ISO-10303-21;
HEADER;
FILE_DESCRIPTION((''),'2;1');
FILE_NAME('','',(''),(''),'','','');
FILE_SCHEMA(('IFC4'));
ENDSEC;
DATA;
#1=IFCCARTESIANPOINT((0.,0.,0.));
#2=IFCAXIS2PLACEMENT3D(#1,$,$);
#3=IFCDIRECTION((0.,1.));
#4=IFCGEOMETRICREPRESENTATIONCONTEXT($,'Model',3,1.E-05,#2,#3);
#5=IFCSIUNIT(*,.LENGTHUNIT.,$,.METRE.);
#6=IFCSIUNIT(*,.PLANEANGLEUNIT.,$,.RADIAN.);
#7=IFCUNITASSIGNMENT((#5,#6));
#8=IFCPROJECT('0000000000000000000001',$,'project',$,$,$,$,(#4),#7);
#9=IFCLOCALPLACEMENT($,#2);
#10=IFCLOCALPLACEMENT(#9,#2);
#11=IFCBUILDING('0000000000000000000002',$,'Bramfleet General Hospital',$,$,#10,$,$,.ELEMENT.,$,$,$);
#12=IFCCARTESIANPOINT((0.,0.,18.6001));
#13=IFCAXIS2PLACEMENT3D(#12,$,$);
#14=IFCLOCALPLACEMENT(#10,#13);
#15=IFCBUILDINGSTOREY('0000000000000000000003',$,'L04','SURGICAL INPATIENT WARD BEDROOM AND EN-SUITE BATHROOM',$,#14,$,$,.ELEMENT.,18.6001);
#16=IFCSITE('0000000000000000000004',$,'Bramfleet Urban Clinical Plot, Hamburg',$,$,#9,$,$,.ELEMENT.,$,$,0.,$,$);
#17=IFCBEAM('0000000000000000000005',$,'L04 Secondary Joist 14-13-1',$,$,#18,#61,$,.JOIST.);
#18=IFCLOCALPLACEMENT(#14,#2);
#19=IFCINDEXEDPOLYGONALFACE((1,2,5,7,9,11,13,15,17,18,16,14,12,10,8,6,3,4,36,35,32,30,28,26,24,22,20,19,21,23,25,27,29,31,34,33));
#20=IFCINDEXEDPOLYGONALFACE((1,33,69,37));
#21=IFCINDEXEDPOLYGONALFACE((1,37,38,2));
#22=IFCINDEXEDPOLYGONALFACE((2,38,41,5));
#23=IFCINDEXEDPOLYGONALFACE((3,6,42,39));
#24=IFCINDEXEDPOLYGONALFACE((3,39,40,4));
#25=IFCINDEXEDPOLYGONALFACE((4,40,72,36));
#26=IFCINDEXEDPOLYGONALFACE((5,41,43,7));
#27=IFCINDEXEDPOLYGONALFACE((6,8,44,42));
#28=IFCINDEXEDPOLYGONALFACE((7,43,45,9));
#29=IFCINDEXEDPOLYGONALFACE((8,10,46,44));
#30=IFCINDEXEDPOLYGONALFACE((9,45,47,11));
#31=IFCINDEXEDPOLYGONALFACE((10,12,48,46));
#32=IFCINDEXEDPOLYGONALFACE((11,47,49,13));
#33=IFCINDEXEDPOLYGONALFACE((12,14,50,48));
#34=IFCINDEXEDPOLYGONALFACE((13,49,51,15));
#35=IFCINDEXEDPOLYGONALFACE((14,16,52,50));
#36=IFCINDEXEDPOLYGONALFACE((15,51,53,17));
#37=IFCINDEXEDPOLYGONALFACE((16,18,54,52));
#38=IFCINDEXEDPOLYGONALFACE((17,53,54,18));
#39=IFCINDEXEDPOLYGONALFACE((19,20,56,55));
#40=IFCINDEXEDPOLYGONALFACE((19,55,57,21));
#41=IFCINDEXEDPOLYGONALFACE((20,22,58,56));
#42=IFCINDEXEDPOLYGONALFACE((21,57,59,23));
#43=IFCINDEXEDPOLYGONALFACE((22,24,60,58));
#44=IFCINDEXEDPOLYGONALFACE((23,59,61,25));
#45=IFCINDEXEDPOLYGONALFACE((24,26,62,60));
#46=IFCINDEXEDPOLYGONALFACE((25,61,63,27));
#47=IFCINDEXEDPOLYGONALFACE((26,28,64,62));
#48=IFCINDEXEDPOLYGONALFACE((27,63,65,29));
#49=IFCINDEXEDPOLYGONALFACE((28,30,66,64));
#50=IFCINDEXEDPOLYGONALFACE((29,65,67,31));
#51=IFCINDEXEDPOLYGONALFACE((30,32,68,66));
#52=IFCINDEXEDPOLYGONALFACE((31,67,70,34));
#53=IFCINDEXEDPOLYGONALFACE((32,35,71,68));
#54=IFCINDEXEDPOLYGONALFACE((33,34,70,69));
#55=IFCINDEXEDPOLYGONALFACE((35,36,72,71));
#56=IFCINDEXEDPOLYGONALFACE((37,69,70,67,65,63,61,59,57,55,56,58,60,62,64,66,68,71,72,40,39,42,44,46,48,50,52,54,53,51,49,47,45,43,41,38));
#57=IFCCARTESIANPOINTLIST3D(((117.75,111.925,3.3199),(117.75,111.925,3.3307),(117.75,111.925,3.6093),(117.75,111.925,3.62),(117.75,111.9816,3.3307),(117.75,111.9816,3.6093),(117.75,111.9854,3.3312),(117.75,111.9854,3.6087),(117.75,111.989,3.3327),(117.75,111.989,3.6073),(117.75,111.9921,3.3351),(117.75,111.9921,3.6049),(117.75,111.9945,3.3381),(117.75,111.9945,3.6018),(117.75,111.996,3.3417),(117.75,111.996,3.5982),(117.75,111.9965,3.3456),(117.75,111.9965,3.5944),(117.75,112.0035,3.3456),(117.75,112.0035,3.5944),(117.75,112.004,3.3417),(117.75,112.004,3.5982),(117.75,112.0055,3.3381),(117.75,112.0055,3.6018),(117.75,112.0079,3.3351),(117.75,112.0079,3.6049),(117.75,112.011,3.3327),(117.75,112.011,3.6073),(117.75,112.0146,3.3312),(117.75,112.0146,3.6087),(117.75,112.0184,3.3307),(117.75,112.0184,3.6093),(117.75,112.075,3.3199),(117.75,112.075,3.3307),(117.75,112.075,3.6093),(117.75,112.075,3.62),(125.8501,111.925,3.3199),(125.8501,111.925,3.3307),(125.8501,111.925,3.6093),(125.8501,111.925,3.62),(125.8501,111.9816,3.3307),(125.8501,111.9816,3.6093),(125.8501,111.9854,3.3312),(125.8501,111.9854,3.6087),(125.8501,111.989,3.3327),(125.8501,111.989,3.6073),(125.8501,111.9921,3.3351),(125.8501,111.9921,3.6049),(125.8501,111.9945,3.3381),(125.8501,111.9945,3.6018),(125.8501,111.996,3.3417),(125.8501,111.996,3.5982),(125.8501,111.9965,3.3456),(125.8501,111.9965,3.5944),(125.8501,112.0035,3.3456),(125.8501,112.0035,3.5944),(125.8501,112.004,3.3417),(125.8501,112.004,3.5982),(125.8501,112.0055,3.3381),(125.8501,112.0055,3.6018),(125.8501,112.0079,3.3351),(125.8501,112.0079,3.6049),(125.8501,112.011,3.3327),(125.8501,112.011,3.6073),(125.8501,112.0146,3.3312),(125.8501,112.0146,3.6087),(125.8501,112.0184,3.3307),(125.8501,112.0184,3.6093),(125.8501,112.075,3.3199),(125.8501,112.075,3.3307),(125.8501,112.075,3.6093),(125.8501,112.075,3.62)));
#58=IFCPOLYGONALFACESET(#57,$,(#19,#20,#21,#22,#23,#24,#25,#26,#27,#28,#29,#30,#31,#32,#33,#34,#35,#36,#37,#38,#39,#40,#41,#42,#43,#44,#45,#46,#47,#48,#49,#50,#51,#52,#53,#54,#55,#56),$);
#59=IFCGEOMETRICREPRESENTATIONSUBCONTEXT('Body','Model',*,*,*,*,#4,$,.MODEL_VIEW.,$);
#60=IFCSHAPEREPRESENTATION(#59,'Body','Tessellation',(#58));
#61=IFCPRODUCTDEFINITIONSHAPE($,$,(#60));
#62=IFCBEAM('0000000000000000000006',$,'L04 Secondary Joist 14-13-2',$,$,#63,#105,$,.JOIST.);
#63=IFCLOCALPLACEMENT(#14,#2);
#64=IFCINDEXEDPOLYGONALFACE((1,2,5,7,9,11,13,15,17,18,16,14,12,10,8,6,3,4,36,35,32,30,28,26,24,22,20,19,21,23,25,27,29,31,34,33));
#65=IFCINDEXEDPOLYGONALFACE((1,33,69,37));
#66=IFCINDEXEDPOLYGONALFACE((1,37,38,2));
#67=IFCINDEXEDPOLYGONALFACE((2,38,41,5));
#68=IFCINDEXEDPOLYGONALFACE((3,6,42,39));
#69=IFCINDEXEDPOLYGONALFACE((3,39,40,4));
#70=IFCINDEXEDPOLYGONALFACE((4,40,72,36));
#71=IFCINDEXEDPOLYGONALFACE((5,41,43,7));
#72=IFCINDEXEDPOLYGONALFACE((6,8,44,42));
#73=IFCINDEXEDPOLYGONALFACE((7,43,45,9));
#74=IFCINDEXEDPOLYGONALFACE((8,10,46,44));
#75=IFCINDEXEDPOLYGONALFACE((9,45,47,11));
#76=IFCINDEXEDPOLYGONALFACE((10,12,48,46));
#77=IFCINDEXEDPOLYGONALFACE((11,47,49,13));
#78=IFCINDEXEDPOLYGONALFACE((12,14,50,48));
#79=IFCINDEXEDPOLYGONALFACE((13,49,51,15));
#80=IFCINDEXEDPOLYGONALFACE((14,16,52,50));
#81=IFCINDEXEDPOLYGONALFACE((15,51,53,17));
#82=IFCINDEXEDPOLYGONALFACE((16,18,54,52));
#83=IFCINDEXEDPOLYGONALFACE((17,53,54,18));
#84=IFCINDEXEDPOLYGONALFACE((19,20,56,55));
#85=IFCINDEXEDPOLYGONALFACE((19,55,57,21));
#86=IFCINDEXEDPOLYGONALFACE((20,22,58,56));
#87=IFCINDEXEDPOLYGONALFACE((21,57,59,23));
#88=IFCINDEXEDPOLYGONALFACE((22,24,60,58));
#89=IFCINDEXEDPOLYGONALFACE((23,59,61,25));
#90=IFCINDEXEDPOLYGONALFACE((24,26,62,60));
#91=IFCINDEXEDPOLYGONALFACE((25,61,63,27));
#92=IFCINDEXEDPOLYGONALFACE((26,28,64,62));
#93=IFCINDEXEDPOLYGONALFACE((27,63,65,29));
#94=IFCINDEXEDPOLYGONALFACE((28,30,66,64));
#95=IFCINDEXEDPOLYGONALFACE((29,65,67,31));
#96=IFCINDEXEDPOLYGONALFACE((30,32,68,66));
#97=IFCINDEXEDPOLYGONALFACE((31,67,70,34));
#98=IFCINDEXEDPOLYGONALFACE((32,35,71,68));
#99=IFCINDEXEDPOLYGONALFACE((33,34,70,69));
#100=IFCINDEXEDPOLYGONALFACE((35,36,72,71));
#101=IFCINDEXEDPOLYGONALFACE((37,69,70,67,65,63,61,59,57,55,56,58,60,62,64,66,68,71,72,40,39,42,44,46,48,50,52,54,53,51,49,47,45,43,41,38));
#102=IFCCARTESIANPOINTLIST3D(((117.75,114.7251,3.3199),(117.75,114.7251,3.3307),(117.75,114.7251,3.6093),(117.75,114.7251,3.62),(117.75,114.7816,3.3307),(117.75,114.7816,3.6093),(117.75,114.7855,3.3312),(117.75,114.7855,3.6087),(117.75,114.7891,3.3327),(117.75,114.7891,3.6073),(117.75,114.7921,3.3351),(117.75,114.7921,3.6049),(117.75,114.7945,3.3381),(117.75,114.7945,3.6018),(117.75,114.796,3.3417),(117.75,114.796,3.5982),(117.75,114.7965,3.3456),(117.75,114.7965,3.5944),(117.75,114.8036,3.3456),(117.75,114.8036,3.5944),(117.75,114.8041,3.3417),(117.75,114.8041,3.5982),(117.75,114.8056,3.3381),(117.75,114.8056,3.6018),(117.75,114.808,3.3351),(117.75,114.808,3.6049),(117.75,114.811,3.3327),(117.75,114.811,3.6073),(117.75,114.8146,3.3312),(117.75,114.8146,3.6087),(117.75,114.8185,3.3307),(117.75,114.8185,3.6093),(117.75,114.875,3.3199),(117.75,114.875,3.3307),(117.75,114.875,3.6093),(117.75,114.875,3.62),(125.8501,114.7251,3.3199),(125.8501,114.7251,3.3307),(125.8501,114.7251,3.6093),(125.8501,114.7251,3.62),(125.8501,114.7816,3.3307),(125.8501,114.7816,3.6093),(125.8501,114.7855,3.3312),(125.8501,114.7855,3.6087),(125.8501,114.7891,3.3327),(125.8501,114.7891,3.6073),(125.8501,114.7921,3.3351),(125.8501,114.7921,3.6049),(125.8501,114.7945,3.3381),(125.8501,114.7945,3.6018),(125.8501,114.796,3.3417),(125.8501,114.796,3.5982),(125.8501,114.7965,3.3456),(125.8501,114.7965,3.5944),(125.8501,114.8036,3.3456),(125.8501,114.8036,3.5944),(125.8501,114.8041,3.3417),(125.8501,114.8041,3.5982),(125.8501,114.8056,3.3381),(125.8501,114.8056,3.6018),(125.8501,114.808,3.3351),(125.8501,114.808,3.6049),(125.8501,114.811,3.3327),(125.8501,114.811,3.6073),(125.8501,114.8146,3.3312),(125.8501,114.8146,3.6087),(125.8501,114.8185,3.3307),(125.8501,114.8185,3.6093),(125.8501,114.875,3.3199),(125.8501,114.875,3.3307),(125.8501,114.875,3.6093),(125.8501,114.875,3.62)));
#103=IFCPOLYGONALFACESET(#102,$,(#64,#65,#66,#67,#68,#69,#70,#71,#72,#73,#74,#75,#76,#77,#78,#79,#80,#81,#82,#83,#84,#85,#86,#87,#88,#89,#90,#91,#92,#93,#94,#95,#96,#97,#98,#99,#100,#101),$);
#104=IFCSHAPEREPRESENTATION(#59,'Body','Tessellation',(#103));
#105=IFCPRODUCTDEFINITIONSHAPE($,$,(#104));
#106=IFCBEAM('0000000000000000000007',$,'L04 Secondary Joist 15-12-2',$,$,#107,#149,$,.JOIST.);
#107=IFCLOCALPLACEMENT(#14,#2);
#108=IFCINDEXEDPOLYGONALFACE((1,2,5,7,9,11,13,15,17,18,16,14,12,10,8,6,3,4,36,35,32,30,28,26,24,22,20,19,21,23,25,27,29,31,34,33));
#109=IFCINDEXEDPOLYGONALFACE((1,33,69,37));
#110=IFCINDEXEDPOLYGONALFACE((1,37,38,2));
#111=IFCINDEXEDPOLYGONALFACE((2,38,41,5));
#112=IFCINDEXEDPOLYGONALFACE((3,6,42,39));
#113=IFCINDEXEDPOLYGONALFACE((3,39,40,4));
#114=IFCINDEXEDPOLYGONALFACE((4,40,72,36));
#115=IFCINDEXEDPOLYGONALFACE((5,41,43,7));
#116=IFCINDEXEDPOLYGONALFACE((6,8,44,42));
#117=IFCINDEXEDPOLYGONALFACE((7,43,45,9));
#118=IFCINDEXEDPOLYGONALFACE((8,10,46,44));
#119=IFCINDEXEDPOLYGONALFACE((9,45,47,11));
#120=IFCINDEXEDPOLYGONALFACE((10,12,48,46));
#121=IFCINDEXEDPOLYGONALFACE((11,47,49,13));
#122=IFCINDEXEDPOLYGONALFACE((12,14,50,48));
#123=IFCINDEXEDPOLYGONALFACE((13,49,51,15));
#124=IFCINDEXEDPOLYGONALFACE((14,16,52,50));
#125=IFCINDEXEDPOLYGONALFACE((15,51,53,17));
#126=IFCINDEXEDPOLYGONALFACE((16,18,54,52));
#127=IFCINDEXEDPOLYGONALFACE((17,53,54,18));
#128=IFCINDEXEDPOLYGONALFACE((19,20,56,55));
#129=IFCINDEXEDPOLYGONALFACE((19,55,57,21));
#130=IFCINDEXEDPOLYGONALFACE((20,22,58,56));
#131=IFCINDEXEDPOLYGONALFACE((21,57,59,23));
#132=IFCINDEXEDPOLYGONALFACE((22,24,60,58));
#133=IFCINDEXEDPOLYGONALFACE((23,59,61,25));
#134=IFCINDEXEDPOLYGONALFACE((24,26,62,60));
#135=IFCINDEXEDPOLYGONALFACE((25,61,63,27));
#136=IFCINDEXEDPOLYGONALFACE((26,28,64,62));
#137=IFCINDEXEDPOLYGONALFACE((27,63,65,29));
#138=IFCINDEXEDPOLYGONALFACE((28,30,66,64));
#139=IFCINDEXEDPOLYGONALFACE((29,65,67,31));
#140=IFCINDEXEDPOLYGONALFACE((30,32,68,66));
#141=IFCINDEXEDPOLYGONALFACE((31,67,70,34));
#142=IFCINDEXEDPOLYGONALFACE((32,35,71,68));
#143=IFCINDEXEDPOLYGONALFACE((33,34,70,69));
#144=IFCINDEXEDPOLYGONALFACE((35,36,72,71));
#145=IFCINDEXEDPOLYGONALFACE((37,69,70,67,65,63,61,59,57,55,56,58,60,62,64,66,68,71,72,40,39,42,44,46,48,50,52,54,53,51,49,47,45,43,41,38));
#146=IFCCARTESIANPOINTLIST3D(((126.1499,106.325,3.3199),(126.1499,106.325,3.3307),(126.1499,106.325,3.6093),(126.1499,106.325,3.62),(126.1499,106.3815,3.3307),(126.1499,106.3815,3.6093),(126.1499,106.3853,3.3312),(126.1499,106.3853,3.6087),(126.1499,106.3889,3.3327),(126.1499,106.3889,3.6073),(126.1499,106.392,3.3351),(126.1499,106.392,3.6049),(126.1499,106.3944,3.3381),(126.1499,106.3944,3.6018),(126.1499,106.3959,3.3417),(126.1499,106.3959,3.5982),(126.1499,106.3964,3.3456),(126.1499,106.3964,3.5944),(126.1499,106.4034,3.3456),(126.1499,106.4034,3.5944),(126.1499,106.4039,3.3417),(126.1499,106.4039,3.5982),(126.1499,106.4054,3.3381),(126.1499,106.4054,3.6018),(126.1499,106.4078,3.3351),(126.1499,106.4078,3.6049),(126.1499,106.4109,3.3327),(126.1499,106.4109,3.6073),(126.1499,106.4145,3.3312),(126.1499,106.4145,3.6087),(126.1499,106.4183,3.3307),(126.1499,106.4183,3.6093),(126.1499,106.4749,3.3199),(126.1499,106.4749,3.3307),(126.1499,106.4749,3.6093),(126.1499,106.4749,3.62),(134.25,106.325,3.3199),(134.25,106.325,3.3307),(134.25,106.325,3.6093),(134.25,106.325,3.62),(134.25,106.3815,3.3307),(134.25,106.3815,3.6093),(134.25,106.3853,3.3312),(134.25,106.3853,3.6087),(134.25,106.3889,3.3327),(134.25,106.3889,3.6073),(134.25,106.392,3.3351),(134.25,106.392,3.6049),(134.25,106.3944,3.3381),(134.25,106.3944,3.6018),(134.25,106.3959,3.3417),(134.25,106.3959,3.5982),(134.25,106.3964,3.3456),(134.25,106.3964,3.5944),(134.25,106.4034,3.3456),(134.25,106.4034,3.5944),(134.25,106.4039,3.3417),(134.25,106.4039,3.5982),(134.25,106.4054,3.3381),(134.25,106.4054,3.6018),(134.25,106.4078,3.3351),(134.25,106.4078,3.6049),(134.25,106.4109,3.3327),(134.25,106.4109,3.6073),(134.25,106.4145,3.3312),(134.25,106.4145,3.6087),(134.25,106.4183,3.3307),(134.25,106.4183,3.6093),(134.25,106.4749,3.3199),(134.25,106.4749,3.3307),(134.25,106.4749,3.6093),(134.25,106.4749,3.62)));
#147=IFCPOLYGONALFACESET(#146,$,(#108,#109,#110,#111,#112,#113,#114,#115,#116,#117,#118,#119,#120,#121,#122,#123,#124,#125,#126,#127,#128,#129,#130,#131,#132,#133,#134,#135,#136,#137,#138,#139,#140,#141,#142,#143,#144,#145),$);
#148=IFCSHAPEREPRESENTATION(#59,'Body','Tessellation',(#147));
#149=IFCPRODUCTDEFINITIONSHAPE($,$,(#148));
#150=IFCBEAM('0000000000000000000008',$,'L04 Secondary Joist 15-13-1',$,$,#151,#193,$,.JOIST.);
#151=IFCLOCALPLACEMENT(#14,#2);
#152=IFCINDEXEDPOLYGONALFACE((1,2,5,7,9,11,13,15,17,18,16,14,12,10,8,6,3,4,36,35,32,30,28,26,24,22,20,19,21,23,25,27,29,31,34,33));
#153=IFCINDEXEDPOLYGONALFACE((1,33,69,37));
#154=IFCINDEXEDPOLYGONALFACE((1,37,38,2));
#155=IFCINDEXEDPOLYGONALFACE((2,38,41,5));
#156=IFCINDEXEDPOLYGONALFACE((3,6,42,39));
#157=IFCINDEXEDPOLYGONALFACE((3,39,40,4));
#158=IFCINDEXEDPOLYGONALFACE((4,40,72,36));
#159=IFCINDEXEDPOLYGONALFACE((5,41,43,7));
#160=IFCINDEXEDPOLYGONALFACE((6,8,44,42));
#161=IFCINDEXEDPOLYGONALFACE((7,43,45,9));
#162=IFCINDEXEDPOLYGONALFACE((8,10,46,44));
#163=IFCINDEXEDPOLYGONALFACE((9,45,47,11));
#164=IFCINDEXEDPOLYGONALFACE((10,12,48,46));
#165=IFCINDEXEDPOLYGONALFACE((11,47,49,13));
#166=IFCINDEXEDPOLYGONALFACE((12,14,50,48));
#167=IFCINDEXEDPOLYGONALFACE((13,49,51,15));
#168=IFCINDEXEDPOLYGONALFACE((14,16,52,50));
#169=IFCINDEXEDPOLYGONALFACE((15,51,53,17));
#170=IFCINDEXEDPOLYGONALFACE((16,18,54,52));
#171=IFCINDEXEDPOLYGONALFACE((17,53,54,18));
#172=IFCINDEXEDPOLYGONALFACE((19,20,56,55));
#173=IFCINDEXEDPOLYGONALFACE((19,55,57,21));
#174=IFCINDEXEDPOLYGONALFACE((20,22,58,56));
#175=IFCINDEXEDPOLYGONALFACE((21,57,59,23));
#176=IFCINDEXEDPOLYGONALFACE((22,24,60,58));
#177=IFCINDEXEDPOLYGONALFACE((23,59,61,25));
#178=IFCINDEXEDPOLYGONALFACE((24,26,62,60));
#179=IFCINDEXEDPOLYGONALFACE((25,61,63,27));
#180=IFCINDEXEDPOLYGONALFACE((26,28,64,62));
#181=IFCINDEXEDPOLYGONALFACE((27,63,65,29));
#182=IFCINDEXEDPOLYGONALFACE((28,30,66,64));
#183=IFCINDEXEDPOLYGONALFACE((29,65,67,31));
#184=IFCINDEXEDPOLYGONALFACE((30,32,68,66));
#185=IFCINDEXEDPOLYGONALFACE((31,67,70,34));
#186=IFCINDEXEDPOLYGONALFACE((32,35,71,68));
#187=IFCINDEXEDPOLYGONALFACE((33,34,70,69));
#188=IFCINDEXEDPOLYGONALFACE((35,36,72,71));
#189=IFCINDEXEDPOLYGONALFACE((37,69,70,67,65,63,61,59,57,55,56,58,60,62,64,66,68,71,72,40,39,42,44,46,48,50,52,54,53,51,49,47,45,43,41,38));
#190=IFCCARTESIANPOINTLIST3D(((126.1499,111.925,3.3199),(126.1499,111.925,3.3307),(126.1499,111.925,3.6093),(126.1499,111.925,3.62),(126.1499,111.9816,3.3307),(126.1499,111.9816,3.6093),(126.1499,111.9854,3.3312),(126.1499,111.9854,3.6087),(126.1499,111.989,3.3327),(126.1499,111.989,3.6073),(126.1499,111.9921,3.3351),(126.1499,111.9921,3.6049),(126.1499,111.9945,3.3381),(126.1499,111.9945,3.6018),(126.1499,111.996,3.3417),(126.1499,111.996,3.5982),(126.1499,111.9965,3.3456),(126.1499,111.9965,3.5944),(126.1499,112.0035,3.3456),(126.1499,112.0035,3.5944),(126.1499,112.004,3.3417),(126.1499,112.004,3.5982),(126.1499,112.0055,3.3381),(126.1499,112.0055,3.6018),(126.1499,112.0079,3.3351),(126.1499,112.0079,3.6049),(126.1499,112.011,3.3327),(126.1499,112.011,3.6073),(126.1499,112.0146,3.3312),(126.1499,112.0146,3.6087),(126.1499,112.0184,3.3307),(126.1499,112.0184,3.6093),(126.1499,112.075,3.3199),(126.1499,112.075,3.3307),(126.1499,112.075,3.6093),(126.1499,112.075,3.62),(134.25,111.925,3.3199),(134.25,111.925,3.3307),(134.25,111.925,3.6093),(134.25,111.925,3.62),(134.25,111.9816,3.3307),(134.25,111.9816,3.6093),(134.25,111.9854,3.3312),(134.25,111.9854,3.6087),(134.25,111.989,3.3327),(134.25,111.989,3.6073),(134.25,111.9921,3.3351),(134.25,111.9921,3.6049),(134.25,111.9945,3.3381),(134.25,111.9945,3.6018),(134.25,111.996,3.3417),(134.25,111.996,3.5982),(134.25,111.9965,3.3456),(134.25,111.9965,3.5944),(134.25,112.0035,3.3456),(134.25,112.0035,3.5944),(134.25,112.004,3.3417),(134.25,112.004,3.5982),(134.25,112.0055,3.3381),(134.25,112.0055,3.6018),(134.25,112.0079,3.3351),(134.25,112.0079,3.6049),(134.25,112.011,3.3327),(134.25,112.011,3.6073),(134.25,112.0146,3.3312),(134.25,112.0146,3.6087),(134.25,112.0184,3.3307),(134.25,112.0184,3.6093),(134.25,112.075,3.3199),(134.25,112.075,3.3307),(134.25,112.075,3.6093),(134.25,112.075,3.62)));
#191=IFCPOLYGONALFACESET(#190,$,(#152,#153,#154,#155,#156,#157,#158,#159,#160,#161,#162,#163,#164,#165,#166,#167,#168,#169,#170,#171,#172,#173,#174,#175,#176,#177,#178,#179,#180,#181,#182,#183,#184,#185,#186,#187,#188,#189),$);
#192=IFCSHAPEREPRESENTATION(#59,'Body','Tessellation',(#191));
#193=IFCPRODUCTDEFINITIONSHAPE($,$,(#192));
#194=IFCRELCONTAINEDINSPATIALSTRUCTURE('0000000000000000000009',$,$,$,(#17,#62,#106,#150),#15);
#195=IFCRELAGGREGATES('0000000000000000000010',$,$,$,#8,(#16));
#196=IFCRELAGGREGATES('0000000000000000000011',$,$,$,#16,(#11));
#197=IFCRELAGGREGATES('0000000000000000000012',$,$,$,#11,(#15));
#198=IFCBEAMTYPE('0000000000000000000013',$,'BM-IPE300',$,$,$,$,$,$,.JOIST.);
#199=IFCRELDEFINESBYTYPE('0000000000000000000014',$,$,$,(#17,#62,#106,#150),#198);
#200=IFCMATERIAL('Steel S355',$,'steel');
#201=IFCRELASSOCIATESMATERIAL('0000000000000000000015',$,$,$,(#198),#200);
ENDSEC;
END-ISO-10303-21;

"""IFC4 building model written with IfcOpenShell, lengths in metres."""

from ifc_helpers import new_model, si_unit, direction, frame, origin, origin_2d, place, context, subcontext, project, spatial, i_section, extrude, material, material_profile, profile_set, type_object, element, save


model = new_model("IFC4")

# Units and contexts
model_context = context("Model", 3, precision=1e-05, world=origin(), true_north=direction((0.0, 1.0)))
body_context = subcontext(model_context, "Body", "Model", "MODEL_VIEW")
ifc_project = project(units=[si_unit("LENGTHUNIT", "METRE"), si_unit("PLANEANGLEUNIT", "RADIAN")], contexts=[model_context])

# Site, building, storey
site_placement = place(None, origin())
site = spatial("IfcSite", under=ifc_project, at=site_placement, Name="Bramfleet Urban Clinical Plot, Hamburg", CompositionType="ELEMENT", RefElevation=0.0)
building_placement = place(site_placement, origin())
building = spatial("IfcBuilding", under=site, at=building_placement, Name="Bramfleet General Hospital", CompositionType="ELEMENT")
storey_placement = place(building_placement, frame((0.0, 0.0, 18.6001)))
storey = spatial("IfcBuildingStorey", under=building, at=storey_placement, Name="L04", Description="SURGICAL INPATIENT WARD BEDROOM AND EN-SUITE BATHROOM", CompositionType="ELEMENT", Elevation=18.6001)

# Beams
ifc_material_1 = material(Name="Steel S355", Category="steel")
ifc_material_profile_1 = material_profile(ifc_material_1, i_section(OverallWidth=0.1499, OverallDepth=0.3, WebThickness=0.0071, FlangeThickness=0.0107, FilletRadius=0.0149, at=origin_2d()), Name="IPE 300")
ifc_profile_set_1 = profile_set([ifc_material_profile_1], Name="Steel S355")
beam_type_1 = type_object("IfcBeamType", Name="BM-IPE300", PredefinedType="JOIST", material=ifc_profile_set_1)
for number, where, z_axis, x_axis, name in (
    (1, (117.75, 112.0, 3.47), (1.0, 0.0, 0.0), (0.0, 1.0, 0.0), "L04 Secondary Joist 14-13-1"),
    (2, (117.75, 114.8, 3.47), (1.0, 0.0, 0.0), (0.0, 1.0, 0.0), "L04 Secondary Joist 14-13-2"),
    (3, (126.1499, 106.3999, 3.47), (1.0, 0.0, 0.0), (0.0, 1.0, 0.0), "L04 Secondary Joist 15-12-2"),
    (4, (126.1499, 112.0, 3.47), (1.0, 0.0, 0.0), (0.0, 1.0, 0.0), "L04 Secondary Joist 15-13-1"),
):
    element("IfcBeam", number, at=place(storey_placement, frame(where, z_axis=z_axis, x_axis=x_axis)), inside=storey, type_object=beam_type_1, Name=name, PredefinedType="JOIST", context=body_context, shape_type="SweptSolid", body=[
        extrude(i_section(OverallWidth=0.1499, OverallDepth=0.3, WebThickness=0.0071, FlangeThickness=0.0107, FilletRadius=0.0149, at=origin_2d()), origin(), (0.0, 0.0, 1.0), 8.1001),
    ])

save(model, "model.ifc")
